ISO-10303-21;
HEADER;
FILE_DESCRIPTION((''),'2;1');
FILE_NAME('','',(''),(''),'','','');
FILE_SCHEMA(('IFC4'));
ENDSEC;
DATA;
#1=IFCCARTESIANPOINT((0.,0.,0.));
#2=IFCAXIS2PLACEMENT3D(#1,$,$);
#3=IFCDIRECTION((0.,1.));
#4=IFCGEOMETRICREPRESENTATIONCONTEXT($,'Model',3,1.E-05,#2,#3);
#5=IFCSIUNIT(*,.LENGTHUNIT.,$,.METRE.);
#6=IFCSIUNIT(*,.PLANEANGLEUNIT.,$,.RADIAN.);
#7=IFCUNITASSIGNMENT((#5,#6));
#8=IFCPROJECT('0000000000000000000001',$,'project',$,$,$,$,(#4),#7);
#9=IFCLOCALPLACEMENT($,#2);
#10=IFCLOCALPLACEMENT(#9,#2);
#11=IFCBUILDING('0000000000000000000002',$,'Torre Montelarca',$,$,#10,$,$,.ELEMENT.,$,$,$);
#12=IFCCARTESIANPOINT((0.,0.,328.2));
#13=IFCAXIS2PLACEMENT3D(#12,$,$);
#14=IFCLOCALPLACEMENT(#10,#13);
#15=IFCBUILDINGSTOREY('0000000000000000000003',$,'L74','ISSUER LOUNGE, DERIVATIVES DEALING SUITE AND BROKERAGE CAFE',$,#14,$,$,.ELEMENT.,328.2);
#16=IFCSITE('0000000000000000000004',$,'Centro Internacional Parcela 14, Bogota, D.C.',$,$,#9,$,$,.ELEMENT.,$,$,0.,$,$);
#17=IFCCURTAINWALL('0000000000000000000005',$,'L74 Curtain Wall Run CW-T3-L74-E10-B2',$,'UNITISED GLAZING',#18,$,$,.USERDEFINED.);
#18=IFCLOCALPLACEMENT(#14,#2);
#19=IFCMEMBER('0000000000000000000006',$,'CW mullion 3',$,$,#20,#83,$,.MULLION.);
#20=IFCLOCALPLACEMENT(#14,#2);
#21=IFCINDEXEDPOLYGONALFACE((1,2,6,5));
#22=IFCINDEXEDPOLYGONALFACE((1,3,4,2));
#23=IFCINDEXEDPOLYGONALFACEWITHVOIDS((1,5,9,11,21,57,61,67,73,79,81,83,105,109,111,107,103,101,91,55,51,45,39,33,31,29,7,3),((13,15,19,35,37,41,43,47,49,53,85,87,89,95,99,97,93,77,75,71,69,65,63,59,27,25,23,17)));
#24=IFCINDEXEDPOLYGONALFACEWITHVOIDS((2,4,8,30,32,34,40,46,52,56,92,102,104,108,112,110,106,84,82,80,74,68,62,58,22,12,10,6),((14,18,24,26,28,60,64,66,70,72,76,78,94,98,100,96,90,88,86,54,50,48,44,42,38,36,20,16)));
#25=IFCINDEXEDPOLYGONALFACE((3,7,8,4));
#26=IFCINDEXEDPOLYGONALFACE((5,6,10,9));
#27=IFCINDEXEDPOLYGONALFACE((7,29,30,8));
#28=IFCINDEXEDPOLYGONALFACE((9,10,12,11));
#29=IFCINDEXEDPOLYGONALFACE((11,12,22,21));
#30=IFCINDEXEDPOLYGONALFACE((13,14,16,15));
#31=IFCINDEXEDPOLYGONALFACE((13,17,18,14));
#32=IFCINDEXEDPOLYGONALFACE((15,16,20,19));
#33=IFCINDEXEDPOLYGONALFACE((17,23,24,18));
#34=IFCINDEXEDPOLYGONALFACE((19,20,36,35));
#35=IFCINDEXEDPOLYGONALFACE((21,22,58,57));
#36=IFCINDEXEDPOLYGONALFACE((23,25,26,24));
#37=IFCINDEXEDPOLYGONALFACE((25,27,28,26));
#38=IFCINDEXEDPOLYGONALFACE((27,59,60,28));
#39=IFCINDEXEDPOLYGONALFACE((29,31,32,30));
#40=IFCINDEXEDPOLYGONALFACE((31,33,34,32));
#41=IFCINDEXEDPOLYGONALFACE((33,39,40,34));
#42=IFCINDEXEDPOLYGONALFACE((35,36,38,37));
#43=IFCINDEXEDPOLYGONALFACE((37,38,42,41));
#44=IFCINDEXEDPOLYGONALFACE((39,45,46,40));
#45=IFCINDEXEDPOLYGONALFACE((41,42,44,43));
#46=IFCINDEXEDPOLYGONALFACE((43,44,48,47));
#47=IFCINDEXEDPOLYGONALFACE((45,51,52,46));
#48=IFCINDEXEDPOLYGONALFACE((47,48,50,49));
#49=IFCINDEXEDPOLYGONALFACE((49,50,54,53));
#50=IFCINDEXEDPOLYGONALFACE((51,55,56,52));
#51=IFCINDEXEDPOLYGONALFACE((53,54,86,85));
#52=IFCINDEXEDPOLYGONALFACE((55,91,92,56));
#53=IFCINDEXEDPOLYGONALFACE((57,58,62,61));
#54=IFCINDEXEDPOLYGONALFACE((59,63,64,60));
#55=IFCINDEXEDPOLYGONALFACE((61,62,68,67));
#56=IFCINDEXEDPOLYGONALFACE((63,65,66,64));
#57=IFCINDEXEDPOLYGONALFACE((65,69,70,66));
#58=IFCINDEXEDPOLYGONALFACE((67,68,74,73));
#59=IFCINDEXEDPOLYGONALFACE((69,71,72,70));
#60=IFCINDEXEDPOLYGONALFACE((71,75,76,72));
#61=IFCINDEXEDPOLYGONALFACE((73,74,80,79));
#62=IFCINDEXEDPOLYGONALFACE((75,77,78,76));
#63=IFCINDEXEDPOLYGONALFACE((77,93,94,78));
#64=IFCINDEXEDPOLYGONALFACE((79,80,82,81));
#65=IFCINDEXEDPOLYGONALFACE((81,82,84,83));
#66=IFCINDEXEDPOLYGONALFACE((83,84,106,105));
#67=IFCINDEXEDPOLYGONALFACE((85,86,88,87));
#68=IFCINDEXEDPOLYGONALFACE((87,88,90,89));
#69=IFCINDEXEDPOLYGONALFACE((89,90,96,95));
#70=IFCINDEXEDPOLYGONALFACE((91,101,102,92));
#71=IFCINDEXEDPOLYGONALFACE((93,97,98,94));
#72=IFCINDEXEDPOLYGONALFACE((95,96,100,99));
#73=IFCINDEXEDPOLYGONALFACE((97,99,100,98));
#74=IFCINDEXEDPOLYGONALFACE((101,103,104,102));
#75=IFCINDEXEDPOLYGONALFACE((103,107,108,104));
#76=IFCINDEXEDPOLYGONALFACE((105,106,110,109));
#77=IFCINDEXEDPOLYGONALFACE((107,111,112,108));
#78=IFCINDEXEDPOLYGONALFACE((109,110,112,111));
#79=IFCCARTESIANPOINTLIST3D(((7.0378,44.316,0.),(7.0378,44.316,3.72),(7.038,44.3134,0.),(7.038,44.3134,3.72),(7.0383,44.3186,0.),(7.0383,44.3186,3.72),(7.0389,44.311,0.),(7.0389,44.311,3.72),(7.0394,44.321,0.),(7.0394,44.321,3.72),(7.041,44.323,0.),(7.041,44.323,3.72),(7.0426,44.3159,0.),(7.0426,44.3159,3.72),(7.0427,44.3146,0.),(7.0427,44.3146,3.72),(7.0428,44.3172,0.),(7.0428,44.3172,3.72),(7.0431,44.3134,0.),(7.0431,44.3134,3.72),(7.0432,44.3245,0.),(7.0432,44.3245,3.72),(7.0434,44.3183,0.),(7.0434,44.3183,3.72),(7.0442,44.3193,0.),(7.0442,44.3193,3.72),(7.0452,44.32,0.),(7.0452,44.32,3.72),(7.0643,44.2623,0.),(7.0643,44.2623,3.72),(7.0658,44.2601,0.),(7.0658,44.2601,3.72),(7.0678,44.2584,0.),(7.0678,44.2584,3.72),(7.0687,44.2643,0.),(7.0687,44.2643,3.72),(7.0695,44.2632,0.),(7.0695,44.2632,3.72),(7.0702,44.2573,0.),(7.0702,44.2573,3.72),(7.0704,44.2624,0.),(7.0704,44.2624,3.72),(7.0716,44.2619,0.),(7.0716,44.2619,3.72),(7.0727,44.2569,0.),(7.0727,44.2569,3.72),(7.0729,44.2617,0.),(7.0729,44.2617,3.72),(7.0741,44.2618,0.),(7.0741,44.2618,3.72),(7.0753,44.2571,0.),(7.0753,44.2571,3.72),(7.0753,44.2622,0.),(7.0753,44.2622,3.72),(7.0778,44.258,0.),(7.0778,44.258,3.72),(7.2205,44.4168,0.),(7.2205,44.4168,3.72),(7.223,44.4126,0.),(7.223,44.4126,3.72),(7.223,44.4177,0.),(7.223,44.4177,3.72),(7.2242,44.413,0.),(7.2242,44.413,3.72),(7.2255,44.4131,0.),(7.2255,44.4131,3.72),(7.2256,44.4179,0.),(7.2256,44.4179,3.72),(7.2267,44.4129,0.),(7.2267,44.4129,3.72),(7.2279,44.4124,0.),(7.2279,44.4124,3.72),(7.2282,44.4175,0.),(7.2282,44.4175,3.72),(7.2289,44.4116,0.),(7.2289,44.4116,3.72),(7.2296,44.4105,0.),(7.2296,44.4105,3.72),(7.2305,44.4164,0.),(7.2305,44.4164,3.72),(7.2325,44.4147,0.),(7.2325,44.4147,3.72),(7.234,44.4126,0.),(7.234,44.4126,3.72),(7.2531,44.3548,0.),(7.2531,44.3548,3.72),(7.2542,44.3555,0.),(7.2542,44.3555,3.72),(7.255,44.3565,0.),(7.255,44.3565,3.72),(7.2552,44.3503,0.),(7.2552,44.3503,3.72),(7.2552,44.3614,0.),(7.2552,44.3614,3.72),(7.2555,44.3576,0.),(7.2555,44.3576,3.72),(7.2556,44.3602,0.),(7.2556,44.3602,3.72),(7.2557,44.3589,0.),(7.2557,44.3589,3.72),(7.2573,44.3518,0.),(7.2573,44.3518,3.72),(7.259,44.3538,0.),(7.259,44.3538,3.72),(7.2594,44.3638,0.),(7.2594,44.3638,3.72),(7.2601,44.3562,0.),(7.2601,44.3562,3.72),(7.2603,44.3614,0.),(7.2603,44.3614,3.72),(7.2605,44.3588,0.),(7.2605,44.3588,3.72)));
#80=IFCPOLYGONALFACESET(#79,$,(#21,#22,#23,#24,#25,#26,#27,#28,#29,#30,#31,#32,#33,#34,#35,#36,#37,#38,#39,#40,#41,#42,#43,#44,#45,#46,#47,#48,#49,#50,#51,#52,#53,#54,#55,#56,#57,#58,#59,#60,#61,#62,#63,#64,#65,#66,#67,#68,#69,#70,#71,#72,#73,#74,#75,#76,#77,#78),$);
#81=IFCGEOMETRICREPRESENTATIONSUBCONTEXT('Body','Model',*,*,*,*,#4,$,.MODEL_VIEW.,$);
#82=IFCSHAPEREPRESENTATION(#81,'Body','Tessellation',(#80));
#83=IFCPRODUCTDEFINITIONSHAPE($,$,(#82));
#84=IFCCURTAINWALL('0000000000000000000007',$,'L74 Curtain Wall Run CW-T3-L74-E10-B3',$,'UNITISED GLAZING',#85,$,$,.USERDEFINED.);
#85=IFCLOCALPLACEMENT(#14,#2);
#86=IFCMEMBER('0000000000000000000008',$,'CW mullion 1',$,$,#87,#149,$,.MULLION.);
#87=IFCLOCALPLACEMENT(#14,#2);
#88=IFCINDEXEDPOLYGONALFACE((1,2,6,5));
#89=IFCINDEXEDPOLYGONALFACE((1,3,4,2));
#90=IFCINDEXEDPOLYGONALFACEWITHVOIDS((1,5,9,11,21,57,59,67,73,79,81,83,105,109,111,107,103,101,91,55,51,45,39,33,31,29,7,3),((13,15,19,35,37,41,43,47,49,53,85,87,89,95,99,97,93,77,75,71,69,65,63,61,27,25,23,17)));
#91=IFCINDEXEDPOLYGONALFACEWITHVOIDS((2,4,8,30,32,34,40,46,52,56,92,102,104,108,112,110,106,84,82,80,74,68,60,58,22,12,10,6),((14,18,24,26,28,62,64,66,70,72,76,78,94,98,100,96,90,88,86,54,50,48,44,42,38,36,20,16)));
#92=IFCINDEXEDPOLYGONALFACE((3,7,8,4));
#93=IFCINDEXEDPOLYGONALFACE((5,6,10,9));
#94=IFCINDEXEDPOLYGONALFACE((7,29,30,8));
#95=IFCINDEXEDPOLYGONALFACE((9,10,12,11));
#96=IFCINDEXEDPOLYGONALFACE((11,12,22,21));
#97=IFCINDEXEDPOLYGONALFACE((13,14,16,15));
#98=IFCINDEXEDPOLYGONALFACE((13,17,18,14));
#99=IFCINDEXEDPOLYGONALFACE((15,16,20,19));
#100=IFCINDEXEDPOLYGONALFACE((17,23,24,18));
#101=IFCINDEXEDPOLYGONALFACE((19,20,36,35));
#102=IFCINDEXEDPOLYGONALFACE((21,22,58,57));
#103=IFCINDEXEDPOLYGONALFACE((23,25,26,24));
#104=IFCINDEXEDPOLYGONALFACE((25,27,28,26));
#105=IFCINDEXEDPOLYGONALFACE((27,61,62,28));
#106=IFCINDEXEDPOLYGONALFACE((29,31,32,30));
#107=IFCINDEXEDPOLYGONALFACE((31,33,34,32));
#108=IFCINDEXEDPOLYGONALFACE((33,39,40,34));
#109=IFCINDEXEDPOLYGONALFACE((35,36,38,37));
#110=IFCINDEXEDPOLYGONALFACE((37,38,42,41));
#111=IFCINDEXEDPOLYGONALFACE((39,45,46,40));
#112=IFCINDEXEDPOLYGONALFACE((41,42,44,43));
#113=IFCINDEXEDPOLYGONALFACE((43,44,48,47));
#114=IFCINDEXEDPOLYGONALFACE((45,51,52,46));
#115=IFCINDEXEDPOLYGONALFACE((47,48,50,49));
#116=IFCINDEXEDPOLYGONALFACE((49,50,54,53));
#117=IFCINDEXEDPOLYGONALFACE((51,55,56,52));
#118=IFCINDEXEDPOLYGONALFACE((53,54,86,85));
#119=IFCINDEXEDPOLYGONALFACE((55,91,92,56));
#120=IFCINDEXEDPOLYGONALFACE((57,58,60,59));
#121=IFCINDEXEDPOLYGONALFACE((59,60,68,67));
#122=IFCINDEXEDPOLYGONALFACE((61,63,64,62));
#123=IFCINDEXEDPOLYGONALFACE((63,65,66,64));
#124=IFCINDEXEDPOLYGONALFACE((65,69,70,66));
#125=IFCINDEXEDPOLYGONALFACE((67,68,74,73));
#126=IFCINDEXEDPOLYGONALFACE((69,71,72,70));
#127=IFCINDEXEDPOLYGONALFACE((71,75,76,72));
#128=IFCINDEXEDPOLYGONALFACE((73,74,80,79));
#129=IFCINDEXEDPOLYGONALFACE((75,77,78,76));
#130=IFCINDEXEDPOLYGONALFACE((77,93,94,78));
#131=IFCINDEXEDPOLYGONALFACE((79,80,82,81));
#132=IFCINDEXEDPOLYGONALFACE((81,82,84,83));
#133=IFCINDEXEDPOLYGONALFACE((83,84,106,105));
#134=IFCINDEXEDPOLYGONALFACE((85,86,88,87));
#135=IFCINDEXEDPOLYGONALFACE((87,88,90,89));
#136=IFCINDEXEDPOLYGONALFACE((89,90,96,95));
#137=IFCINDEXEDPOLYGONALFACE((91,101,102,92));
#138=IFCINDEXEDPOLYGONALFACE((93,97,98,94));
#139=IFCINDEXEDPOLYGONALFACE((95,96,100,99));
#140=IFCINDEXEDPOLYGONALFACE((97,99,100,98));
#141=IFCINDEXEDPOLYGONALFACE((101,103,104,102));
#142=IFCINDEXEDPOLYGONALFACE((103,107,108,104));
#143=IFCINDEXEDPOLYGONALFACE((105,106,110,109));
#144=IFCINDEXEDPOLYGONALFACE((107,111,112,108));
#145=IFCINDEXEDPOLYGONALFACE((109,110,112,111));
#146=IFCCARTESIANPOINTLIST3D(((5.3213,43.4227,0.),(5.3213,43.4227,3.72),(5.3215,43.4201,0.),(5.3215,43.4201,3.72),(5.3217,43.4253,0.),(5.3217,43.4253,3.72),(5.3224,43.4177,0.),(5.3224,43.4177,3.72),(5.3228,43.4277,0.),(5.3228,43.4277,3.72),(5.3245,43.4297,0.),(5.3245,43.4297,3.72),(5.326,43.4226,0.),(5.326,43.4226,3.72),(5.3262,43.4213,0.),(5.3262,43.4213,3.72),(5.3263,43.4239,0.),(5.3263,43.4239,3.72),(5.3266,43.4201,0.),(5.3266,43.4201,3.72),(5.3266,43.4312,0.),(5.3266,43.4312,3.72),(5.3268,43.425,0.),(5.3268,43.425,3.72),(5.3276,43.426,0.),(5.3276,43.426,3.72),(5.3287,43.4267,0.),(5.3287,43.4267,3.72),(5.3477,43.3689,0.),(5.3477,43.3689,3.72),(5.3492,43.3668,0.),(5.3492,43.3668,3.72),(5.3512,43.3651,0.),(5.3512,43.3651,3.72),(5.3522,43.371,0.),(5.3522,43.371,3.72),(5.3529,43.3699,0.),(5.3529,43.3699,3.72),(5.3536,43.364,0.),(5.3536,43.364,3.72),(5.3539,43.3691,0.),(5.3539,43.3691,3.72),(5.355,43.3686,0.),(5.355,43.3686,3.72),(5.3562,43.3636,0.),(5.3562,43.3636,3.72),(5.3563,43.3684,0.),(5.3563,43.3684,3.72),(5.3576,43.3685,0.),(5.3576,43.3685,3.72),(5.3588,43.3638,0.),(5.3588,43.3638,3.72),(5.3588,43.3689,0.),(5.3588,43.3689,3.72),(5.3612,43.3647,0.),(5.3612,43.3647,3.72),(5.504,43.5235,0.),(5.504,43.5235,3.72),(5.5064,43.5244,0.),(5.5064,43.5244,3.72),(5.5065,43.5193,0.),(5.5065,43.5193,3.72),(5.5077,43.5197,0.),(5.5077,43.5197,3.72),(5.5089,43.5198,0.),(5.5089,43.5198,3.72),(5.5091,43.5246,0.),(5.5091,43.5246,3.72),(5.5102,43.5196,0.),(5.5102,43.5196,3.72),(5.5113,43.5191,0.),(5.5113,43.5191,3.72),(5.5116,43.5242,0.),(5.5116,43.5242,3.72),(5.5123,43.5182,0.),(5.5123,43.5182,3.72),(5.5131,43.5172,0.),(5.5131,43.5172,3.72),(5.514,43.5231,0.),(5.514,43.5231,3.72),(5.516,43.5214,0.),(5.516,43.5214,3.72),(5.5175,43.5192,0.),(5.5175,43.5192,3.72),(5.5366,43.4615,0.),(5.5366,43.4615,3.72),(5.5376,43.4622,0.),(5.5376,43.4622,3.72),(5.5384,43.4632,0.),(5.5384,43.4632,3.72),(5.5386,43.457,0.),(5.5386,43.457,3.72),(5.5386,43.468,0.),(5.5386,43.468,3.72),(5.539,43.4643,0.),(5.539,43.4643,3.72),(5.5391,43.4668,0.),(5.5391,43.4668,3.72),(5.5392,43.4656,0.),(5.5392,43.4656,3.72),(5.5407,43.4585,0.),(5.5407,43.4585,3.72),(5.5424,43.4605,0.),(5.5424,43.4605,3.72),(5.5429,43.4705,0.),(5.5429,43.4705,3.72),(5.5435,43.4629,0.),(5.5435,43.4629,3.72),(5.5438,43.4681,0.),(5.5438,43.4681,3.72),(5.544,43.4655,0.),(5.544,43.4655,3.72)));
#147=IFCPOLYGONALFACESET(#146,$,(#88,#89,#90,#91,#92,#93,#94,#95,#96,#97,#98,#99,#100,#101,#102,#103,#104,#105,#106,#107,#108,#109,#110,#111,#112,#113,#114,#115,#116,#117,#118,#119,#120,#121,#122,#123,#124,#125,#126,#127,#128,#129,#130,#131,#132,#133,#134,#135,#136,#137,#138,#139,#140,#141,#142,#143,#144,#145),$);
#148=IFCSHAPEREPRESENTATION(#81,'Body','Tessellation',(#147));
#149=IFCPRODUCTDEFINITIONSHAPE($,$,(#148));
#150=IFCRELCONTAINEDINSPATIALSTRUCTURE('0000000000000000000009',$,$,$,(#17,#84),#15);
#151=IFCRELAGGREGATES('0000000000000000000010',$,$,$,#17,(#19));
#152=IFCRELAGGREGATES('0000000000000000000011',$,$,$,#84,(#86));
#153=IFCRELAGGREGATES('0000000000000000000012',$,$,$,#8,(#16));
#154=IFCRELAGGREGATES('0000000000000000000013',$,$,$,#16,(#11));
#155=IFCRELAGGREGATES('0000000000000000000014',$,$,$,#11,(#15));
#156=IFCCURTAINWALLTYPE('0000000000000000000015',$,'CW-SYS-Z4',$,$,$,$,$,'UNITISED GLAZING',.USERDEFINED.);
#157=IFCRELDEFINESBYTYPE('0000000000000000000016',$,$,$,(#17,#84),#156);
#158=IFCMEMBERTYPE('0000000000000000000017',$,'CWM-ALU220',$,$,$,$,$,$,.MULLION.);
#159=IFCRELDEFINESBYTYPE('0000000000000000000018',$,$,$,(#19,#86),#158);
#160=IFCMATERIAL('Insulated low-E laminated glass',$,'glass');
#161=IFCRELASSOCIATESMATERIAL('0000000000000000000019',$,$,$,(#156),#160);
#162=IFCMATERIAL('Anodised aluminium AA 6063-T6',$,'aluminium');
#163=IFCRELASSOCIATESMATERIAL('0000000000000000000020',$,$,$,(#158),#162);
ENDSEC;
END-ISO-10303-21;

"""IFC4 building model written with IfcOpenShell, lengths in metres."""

from ifc_helpers import new_model, si_unit, direction, frame, origin, origin_2d, place, context, subcontext, project, spatial, hollow_rectangle, extrude, source, transform, mapped, material, material_profile, profile_set, type_object, element, aggregate, save


model = new_model("IFC4")

# Units and contexts
model_context = context("Model", 3, precision=1e-05, world=origin(), true_north=direction((0.0, 1.0)))
body_context = subcontext(model_context, "Body", "Model", "MODEL_VIEW")
ifc_project = project(units=[si_unit("LENGTHUNIT", "METRE"), si_unit("PLANEANGLEUNIT", "RADIAN")], contexts=[model_context])

# Site, building, storey
site_placement = place(None, origin())
site = spatial("IfcSite", under=ifc_project, at=site_placement, Name="Centro Internacional Parcela 14, Bogota, D.C.", CompositionType="ELEMENT", RefElevation=0.0)
building_placement = place(site_placement, origin())
building = spatial("IfcBuilding", under=site, at=building_placement, Name="Torre Montelarca", CompositionType="ELEMENT")
storey_placement = place(building_placement, frame((0.0, 0.0, 328.2)))
storey = spatial("IfcBuildingStorey", under=building, at=storey_placement, Name="L74", Description="ISSUER LOUNGE, DERIVATIVES DEALING SUITE AND BROKERAGE CAFE", CompositionType="ELEMENT", Elevation=328.2)

# Curtain walls, members
ifc_material_1 = material(Name="Insulated low-E laminated glass", Category="glass")
curtain_wall_type = type_object("IfcCurtainWallType", Name="CW-SYS-Z4", ElementType="UNITISED GLAZING", PredefinedType="USERDEFINED", material=ifc_material_1)
curtain_wall_1_placement = place(storey_placement, origin())
curtain_wall_1 = element("IfcCurtainWall", 1, at=curtain_wall_1_placement, inside=storey, type_object=curtain_wall_type, Name="L74 Curtain Wall Run CW-T3-L74-E10-B2", ObjectType="UNITISED GLAZING", PredefinedType="USERDEFINED")
ifc_material_2 = material(Name="Anodised aluminium AA 6063-T6", Category="aluminium")
ifc_material_profile_1 = material_profile(ifc_material_2, hollow_rectangle(XDim=0.075, YDim=0.22, WallThickness=0.0049, InnerFilletRadius=0.0049, OuterFilletRadius=0.01, at=origin_2d()), Name="ALU75X220X5", Category="aluminium")
ifc_profile_set_1 = profile_set([ifc_material_profile_1], Name="Anodised aluminium AA 6063-T6")
member_type_1 = type_object("IfcMemberType", Name="CWM-ALU220", PredefinedType="MULLION", material=ifc_profile_set_1)
shared_shape_1 = source(origin(), body_context, "Body", "SweptSolid", [
    extrude(hollow_rectangle(XDim=0.075, YDim=0.22, WallThickness=0.0049, InnerFilletRadius=0.0049, OuterFilletRadius=0.01, at=origin_2d()), origin(), (0.0, 0.0, 1.0), 3.72),
])
member_1_placement = place(storey_placement, frame((7.1492, 44.3374, 0.0), z_axis=(0.0, 0.0, 1.0), x_axis=(0.461757, -0.887007, 0.0)))
member_1 = element("IfcMember", 2, at=member_1_placement, type_object=member_type_1, Name="CW mullion 3", PredefinedType="MULLION", context=body_context, shape_type="MappedRepresentation", body=[
    mapped(shared_shape_1, transform((0.0, 0.0, 0.0), scale=1.0)),
])
curtain_wall_2_placement = place(storey_placement, origin())
curtain_wall_2 = element("IfcCurtainWall", 3, at=curtain_wall_2_placement, inside=storey, type_object=curtain_wall_type, Name="L74 Curtain Wall Run CW-T3-L74-E10-B3", ObjectType="UNITISED GLAZING", PredefinedType="USERDEFINED")
member_2_placement = place(storey_placement, frame((5.4326, 43.4441, 0.0), z_axis=(0.0, 0.0, 1.0), x_axis=(0.461739, -0.887016, 0.0)))
member_2 = element("IfcMember", 4, at=member_2_placement, type_object=member_type_1, Name="CW mullion 1", PredefinedType="MULLION", context=body_context, shape_type="MappedRepresentation", body=[
    mapped(shared_shape_1, transform((0.0, 0.0, 0.0), scale=1.0)),
])

aggregate(curtain_wall_1, [member_1])
aggregate(curtain_wall_2, [member_2])

save(model, "model.ifc")
